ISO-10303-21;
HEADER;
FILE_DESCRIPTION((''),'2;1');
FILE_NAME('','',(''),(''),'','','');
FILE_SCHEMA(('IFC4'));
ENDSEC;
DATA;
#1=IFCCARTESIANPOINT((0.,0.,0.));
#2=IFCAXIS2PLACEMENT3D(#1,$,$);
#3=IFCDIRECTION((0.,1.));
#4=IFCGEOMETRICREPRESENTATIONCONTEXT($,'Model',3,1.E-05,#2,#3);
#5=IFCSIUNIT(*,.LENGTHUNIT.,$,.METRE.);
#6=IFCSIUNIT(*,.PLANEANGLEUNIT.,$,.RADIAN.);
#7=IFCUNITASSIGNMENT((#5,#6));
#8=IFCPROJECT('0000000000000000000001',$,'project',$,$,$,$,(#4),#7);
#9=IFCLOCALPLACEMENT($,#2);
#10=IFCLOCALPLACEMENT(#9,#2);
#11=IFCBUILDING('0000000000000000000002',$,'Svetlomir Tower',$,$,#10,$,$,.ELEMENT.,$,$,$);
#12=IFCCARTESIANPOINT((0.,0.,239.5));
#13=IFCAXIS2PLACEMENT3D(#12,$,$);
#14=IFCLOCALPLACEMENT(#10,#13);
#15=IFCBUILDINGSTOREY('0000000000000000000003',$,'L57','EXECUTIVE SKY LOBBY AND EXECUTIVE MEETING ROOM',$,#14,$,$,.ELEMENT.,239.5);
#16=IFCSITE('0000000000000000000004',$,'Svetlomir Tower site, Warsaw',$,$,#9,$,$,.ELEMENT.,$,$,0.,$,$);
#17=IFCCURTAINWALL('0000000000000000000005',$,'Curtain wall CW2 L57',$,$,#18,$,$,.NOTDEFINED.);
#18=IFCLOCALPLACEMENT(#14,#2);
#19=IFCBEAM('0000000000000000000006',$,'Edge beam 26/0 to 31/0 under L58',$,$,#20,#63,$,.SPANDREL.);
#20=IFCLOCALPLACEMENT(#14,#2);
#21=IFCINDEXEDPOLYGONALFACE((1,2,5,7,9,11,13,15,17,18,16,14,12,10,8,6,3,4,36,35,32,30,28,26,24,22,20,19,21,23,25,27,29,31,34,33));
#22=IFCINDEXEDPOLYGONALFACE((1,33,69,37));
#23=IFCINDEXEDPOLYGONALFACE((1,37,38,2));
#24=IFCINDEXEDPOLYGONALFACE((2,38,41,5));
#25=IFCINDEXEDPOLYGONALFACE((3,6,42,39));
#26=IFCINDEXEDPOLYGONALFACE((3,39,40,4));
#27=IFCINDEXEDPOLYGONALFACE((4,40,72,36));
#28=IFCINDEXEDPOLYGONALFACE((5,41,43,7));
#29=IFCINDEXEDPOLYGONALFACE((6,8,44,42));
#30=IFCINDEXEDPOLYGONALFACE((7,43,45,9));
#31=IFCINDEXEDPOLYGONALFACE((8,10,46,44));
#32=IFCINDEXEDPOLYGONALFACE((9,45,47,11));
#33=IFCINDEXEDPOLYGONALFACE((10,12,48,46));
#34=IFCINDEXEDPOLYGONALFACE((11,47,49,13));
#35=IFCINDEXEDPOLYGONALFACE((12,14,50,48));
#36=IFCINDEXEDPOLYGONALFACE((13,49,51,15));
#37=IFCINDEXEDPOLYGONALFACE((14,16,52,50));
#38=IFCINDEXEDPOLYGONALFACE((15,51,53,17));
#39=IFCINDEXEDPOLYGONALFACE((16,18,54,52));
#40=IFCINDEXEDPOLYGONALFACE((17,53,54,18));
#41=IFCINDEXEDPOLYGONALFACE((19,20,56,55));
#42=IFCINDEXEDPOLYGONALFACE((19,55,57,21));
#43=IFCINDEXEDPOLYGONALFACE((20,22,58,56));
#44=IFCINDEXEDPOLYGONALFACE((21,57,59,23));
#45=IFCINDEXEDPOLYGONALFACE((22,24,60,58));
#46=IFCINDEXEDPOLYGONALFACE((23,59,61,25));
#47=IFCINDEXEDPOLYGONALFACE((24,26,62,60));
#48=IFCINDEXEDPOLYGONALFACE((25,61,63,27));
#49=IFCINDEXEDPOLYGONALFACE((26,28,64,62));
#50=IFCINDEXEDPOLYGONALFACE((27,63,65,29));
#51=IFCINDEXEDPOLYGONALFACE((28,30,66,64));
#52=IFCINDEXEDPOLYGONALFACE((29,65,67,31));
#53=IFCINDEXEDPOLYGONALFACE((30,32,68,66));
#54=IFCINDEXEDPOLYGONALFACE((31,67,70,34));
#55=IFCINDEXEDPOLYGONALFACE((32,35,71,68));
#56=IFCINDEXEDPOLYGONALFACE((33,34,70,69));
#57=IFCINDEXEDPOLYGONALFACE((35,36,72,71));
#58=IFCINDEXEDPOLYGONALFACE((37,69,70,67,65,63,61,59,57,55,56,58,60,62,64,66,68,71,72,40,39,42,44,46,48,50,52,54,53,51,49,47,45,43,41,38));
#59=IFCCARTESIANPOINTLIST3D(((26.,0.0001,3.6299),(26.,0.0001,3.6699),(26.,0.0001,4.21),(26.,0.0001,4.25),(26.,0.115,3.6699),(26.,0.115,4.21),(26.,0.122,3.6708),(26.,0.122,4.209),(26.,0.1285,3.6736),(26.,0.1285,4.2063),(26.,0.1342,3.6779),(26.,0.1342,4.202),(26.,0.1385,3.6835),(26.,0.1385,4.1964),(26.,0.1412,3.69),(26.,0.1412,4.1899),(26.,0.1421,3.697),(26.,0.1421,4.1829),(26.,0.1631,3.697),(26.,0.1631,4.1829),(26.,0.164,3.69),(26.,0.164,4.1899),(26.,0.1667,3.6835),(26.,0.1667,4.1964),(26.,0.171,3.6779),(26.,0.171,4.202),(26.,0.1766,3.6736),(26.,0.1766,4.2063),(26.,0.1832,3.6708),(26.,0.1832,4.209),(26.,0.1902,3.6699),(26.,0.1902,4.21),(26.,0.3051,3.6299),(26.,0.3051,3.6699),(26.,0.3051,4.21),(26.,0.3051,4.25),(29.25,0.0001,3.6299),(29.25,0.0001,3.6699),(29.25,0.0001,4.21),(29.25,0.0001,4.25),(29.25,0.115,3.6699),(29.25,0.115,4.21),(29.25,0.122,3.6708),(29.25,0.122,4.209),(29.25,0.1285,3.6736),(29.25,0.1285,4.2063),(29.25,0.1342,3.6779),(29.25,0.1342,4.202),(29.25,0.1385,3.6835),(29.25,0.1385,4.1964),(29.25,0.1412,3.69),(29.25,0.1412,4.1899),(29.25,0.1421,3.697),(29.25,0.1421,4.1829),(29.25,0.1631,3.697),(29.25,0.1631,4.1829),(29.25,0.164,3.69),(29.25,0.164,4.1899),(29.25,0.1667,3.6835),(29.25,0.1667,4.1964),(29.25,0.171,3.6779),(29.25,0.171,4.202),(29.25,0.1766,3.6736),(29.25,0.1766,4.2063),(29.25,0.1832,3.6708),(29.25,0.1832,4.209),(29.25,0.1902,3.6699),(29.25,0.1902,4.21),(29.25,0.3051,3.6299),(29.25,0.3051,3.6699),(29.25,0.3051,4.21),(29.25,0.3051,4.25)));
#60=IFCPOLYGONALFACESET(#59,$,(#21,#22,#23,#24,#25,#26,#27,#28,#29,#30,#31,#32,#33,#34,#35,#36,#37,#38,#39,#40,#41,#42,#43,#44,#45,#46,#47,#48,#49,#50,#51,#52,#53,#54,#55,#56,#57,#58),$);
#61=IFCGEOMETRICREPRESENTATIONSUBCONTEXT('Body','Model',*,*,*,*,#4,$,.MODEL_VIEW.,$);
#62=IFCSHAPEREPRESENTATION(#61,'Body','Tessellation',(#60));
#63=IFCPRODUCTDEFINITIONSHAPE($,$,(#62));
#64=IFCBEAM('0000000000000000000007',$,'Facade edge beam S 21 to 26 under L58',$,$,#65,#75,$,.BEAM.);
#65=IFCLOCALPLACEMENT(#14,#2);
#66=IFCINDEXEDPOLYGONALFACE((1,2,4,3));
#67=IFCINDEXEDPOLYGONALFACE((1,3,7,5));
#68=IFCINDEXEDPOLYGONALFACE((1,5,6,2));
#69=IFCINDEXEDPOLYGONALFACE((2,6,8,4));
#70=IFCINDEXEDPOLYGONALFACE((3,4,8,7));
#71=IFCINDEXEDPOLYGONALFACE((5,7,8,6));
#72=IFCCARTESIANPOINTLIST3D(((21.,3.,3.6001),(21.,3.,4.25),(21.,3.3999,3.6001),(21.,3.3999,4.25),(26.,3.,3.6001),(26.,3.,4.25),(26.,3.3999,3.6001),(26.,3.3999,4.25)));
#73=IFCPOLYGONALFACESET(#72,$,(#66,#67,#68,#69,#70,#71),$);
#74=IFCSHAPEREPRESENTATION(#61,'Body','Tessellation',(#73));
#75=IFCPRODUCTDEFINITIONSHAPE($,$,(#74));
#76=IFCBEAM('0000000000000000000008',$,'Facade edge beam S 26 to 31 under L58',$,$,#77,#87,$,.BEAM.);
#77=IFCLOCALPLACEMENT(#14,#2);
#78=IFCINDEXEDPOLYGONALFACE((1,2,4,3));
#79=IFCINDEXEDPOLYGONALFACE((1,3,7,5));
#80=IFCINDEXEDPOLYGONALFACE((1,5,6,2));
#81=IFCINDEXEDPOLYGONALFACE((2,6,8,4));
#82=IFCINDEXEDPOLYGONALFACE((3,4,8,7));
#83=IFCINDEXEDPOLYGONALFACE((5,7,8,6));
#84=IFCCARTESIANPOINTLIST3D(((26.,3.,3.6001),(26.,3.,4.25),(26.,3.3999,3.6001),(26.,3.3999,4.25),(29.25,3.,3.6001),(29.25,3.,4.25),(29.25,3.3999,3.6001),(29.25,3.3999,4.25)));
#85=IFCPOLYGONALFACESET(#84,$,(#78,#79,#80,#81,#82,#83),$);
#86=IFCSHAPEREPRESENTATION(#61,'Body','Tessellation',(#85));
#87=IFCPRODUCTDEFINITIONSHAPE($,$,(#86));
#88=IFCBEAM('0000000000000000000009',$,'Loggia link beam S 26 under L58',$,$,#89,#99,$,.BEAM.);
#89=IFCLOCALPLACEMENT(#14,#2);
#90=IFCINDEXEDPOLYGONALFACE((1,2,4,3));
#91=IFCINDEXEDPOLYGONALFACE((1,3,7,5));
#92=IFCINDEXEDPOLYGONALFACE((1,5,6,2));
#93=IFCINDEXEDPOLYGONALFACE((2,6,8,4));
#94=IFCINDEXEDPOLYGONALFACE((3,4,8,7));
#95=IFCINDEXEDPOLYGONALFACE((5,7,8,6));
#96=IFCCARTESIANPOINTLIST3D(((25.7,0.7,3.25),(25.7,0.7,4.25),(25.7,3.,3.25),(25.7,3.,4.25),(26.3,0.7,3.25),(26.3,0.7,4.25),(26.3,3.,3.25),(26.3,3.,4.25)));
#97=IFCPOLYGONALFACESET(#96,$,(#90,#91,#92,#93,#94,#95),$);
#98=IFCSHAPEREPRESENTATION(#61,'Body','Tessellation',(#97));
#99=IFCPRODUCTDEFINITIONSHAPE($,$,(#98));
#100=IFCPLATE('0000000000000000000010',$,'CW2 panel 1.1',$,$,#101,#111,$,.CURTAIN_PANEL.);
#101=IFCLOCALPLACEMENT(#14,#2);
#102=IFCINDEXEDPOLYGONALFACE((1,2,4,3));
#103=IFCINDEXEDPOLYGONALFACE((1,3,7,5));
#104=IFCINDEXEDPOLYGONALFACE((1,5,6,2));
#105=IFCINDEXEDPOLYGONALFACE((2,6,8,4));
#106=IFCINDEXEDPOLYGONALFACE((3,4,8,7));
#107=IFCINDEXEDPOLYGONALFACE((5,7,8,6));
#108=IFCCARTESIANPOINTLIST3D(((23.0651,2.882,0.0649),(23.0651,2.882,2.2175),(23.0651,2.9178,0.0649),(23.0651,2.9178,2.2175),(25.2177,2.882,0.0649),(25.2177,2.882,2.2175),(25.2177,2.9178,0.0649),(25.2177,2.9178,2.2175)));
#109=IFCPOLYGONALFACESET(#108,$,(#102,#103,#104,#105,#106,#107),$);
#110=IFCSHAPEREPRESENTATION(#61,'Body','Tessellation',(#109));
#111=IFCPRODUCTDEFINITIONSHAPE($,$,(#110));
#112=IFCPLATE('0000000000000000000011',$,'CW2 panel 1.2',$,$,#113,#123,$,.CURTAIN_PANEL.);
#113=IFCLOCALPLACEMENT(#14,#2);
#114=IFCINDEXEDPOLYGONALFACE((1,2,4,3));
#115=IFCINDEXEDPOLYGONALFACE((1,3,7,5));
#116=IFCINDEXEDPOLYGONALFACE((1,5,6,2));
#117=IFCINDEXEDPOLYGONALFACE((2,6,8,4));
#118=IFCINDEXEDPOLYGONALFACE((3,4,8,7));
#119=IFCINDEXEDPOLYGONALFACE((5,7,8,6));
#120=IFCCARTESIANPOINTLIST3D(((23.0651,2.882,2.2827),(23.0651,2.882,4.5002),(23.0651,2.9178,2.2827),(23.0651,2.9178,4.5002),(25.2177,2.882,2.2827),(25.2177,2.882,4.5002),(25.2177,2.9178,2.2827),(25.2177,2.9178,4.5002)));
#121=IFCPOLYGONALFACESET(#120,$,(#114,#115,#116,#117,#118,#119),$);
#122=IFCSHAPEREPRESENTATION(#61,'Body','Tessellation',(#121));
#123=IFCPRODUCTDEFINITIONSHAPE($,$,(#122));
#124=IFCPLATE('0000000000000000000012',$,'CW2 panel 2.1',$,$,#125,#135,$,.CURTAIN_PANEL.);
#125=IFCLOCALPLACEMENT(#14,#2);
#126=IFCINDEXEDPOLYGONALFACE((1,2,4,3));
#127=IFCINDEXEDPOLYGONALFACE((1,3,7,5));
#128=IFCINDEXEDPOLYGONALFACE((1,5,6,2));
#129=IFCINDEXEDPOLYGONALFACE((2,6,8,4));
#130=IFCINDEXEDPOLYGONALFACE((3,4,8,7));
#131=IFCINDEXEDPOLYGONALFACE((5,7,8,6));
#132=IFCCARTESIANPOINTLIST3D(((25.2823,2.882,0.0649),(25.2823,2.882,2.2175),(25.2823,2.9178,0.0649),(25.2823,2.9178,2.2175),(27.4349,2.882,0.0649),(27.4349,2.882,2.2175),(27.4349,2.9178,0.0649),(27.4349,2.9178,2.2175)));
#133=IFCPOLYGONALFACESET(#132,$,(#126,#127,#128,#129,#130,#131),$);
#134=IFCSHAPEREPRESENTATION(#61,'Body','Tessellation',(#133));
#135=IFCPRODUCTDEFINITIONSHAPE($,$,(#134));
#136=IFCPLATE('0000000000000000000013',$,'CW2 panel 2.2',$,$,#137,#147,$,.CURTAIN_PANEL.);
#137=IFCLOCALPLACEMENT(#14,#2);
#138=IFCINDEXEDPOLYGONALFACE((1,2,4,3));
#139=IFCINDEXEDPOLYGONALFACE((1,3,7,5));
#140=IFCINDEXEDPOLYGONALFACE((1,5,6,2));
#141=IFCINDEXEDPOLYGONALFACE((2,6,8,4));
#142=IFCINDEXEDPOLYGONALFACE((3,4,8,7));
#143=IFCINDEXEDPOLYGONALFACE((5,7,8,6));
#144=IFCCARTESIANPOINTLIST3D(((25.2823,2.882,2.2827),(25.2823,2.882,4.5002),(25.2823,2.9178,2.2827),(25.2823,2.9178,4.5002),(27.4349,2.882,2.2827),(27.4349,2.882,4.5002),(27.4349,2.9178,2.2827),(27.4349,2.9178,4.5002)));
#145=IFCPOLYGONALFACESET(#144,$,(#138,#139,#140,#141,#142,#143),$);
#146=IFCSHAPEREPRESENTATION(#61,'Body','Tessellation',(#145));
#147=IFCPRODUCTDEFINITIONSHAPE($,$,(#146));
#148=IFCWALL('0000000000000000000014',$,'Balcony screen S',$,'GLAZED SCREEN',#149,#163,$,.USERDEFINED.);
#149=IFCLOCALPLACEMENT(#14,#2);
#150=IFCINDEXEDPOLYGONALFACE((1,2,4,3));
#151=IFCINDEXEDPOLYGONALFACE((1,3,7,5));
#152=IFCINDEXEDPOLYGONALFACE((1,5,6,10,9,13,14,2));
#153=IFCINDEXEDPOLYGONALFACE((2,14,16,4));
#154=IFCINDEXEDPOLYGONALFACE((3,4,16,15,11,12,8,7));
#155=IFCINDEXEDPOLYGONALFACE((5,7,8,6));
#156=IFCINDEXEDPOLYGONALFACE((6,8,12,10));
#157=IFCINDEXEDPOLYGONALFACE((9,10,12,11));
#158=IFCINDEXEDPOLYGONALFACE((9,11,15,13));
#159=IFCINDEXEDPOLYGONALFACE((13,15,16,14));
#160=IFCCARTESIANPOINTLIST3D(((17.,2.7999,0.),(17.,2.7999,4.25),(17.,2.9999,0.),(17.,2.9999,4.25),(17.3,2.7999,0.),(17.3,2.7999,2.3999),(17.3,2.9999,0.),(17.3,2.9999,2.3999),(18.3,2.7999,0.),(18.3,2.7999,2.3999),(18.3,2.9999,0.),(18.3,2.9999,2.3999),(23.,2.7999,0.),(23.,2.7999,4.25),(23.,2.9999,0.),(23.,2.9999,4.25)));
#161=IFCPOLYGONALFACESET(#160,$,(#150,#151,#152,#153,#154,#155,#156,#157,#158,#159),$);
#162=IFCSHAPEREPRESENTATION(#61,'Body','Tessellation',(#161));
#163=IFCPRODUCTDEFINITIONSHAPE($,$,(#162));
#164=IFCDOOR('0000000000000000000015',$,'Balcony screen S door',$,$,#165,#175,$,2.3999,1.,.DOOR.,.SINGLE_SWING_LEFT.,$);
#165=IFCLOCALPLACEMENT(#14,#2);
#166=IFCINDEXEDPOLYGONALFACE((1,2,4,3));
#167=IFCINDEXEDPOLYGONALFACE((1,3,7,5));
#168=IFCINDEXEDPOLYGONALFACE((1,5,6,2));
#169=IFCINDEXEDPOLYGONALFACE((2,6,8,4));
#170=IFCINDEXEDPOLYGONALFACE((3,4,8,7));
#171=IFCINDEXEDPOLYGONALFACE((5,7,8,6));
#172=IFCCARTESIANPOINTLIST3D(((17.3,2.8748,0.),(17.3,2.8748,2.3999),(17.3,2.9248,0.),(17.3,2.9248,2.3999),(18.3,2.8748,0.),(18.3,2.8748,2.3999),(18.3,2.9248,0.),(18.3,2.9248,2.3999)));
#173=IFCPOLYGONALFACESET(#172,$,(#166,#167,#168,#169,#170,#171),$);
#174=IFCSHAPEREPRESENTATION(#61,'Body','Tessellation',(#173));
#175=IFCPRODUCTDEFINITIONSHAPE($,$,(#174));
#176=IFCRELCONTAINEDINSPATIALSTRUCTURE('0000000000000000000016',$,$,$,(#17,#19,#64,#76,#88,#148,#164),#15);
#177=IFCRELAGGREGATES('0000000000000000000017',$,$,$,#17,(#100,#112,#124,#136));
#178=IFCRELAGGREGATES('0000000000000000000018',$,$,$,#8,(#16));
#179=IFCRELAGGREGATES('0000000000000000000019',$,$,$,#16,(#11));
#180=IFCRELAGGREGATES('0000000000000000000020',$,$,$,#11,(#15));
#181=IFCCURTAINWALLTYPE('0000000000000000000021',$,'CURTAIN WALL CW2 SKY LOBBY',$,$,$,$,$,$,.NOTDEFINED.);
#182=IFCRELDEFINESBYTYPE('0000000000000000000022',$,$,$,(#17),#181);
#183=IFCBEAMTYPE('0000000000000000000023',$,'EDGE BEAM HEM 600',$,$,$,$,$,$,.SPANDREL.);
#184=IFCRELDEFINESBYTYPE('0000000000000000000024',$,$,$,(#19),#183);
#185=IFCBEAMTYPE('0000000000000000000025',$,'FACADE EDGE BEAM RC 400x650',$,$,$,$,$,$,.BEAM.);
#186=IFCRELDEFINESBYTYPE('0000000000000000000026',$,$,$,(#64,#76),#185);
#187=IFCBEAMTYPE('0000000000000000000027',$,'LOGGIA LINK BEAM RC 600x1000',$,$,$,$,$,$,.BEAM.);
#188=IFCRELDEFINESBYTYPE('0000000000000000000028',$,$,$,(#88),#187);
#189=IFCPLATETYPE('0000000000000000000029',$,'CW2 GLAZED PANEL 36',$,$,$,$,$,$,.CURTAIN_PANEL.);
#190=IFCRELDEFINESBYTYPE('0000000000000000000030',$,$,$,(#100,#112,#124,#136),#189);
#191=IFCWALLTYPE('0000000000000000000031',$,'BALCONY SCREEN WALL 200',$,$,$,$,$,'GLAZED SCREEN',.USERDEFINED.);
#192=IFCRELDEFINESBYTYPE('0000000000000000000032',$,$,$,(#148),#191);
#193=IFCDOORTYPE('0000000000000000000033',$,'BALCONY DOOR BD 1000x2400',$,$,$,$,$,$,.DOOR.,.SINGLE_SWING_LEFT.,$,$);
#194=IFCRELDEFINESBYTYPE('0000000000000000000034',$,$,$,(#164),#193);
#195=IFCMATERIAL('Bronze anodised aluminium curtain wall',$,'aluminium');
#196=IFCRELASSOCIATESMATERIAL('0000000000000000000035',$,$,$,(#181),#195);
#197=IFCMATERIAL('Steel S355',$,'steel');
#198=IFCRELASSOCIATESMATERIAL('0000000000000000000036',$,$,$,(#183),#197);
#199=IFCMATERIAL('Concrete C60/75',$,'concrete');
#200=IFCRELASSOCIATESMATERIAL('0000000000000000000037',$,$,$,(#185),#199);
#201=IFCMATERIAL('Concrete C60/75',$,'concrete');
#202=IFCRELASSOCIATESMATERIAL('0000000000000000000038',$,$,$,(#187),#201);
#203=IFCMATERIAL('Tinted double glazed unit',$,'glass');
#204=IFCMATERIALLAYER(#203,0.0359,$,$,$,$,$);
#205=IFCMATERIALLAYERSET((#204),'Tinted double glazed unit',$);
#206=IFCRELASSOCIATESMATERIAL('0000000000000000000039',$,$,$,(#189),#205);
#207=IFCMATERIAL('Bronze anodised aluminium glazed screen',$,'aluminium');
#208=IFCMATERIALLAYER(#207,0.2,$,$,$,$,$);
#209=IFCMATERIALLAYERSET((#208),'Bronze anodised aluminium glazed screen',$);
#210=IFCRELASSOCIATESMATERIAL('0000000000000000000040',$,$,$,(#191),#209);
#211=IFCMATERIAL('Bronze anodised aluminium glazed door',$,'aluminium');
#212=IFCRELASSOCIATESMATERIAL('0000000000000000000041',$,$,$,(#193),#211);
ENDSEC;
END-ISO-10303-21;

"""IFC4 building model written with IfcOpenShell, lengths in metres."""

from ifc_helpers import new_model, si_unit, direction, frame, frame_2d, origin, origin_2d, place, context, subcontext, project, spatial, rectangle, i_section, extrude, material, layer, layer_set, material_profile, profile_set, type_object, element, fill, aggregate, save


model = new_model("IFC4")

# Units and contexts
model_context = context("Model", 3, precision=1e-05, world=origin(), true_north=direction((0.0, 1.0)))
body_context = subcontext(model_context, "Body", "Model", "MODEL_VIEW")
ifc_project = project(units=[si_unit("LENGTHUNIT", "METRE"), si_unit("PLANEANGLEUNIT", "RADIAN")], contexts=[model_context])

# Site, building, storey
site_placement = place(None, origin())
site = spatial("IfcSite", under=ifc_project, at=site_placement, Name="Svetlomir Tower site, Warsaw", CompositionType="ELEMENT", RefElevation=0.0)
building_placement = place(site_placement, origin())
building = spatial("IfcBuilding", under=site, at=building_placement, Name="Svetlomir Tower", CompositionType="ELEMENT")
storey_placement = place(building_placement, frame((0.0, 0.0, 239.5)))
storey = spatial("IfcBuildingStorey", under=building, at=storey_placement, Name="L57", Description="EXECUTIVE SKY LOBBY AND EXECUTIVE MEETING ROOM", CompositionType="ELEMENT", Elevation=239.5)

# Shared definitions
ifc_material_1 = material(Name="Bronze anodised aluminium curtain wall", Category="aluminium")
curtain_wall_type = type_object("IfcCurtainWallType", Name="CURTAIN WALL CW2 SKY LOBBY", PredefinedType="NOTDEFINED", material=ifc_material_1)

# Curtain wall
curtain_wall_1_placement = place(storey_placement, origin())
curtain_wall_1 = element("IfcCurtainWall", 1, at=curtain_wall_1_placement, inside=storey, type_object=curtain_wall_type, Name="Curtain wall CW2 L57", PredefinedType="NOTDEFINED")

# Beams
ifc_material_2 = material(Name="Steel S355", Category="steel")
ifc_material_profile_1 = material_profile(ifc_material_2, i_section(OverallWidth=0.3049, OverallDepth=0.6201, WebThickness=0.021, FlangeThickness=0.04, FilletRadius=0.0271, at=origin_2d()), Name="HEM 600")
ifc_profile_set_1 = profile_set([ifc_material_profile_1], Name="Steel S355")
beam_type_1 = type_object("IfcBeamType", Name="EDGE BEAM HEM 600", PredefinedType="SPANDREL", material=ifc_profile_set_1)
beam_1_placement = place(storey_placement, frame((26.0, 0.1526, 3.9399), z_axis=(1.0, 0.0, 0.0), x_axis=(0.0, 1.0, 0.0)))
element("IfcBeam", 2, at=beam_1_placement, inside=storey, type_object=beam_type_1, Name="Edge beam 26/0 to 31/0 under L58", PredefinedType="SPANDREL", context=body_context, shape_type="SweptSolid", body=[
    extrude(i_section(OverallWidth=0.3049, OverallDepth=0.6201, WebThickness=0.021, FlangeThickness=0.04, FilletRadius=0.0271, at=origin_2d()), origin(), (0.0, 0.0, 1.0), 3.25),
])
ifc_material_3 = material(Name="Concrete C60/75", Category="concrete")
ifc_material_profile_2 = material_profile(ifc_material_3, rectangle(XDim=0.3999, YDim=0.6499, at=origin_2d()), Name="RC 400x650")
ifc_profile_set_2 = profile_set([ifc_material_profile_2], Name="Concrete C60/75")
beam_type_2 = type_object("IfcBeamType", Name="FACADE EDGE BEAM RC 400x650", PredefinedType="BEAM", material=ifc_profile_set_2)
beam_2_placement = place(storey_placement, frame((21.0, 3.2, 3.925), z_axis=(1.0, 0.0, 0.0), x_axis=(0.0, 1.0, 0.0)))
element("IfcBeam", 3, at=beam_2_placement, inside=storey, type_object=beam_type_2, Name="Facade edge beam S 21 to 26 under L58", PredefinedType="BEAM", context=body_context, shape_type="SweptSolid", body=[
    extrude(rectangle(XDim=0.3999, YDim=0.6499, at=origin_2d()), origin(), (0.0, 0.0, 1.0), 5.0),
])
beam_3_placement = place(storey_placement, frame((26.0, 3.2, 3.925), z_axis=(1.0, 0.0, 0.0), x_axis=(0.0, 1.0, 0.0)))
element("IfcBeam", 4, at=beam_3_placement, inside=storey, type_object=beam_type_2, Name="Facade edge beam S 26 to 31 under L58", PredefinedType="BEAM", context=body_context, shape_type="SweptSolid", body=[
    extrude(rectangle(XDim=0.3999, YDim=0.6499, at=origin_2d()), origin(), (0.0, 0.0, 1.0), 3.25),
])
ifc_material_4 = material(Name="Concrete C60/75", Category="concrete")
ifc_material_profile_3 = material_profile(ifc_material_4, rectangle(XDim=0.6001, YDim=1.0, at=origin_2d()), Name="RC 600x1000")
ifc_profile_set_3 = profile_set([ifc_material_profile_3], Name="Concrete C60/75")
beam_type_3 = type_object("IfcBeamType", Name="LOGGIA LINK BEAM RC 600x1000", PredefinedType="BEAM", material=ifc_profile_set_3)
beam_4_placement = place(storey_placement, frame((26.0, 0.7, 3.75), z_axis=(0.0, 1.0, 0.0), x_axis=(-1.0, 0.0, 0.0)))
element("IfcBeam", 5, at=beam_4_placement, inside=storey, type_object=beam_type_3, Name="Loggia link beam S 26 under L58", PredefinedType="BEAM", context=body_context, shape_type="SweptSolid", body=[
    extrude(rectangle(XDim=0.6001, YDim=1.0, at=origin_2d()), origin(), (0.0, 0.0, 1.0), 2.3),
])

# Plates
ifc_material_5 = material(Name="Tinted double glazed unit", Category="glass")
ifc_layer_1 = layer(ifc_material_5, 0.0359)
ifc_layer_set_1 = layer_set([ifc_layer_1], Name="Tinted double glazed unit")
plate_type = type_object("IfcPlateType", Name="CW2 GLAZED PANEL 36", PredefinedType="CURTAIN_PANEL", material=ifc_layer_set_1)
plate_1_placement = place(storey_placement, frame((24.1414, 2.8999, 0.0649), z_axis=(0.0, 0.0, 1.0), x_axis=(1.0, 0.0, 0.0)))
plate_1 = element("IfcPlate", 6, at=plate_1_placement, type_object=plate_type, Name="CW2 panel 1.1", PredefinedType="CURTAIN_PANEL", context=body_context, shape_type="SweptSolid", body=[
    extrude(rectangle(XDim=2.1526, YDim=0.0359, at=origin_2d()), origin(), (0.0, 0.0, 1.0), 2.1526),
])
plate_2_placement = place(storey_placement, frame((24.1414, 2.8999, 2.2827), z_axis=(0.0, 0.0, 1.0), x_axis=(1.0, 0.0, 0.0)))
plate_2 = element("IfcPlate", 7, at=plate_2_placement, type_object=plate_type, Name="CW2 panel 1.2", PredefinedType="CURTAIN_PANEL", context=body_context, shape_type="SweptSolid", body=[
    extrude(rectangle(XDim=2.1526, YDim=0.0359, at=origin_2d()), origin(), (0.0, 0.0, 1.0), 2.2175),
])
plate_3_placement = place(storey_placement, frame((26.3586, 2.8999, 0.0649), z_axis=(0.0, 0.0, 1.0), x_axis=(1.0, 0.0, 0.0)))
plate_3 = element("IfcPlate", 8, at=plate_3_placement, type_object=plate_type, Name="CW2 panel 2.1", PredefinedType="CURTAIN_PANEL", context=body_context, shape_type="SweptSolid", body=[
    extrude(rectangle(XDim=2.1526, YDim=0.0359, at=origin_2d()), origin(), (0.0, 0.0, 1.0), 2.1526),
])
plate_4_placement = place(storey_placement, frame((26.3586, 2.8999, 2.2827), z_axis=(0.0, 0.0, 1.0), x_axis=(1.0, 0.0, 0.0)))
plate_4 = element("IfcPlate", 9, at=plate_4_placement, type_object=plate_type, Name="CW2 panel 2.2", PredefinedType="CURTAIN_PANEL", context=body_context, shape_type="SweptSolid", body=[
    extrude(rectangle(XDim=2.1526, YDim=0.0359, at=origin_2d()), origin(), (0.0, 0.0, 1.0), 2.2175),
])
aggregate(curtain_wall_1, [plate_1, plate_2, plate_3, plate_4])

# Wall, opening, door
ifc_material_6 = material(Name="Bronze anodised aluminium glazed screen", Category="aluminium")
ifc_layer_2 = layer(ifc_material_6, 0.2)
ifc_layer_set_2 = layer_set([ifc_layer_2], Name="Bronze anodised aluminium glazed screen")
wall_type_1 = type_object("IfcWallType", Name="BALCONY SCREEN WALL 200", ElementType="GLAZED SCREEN", PredefinedType="USERDEFINED", material=ifc_layer_set_2)
wall_1_placement = place(storey_placement, frame((17.0, 2.8999, 0.0), z_axis=(0.0, 0.0, 1.0), x_axis=(1.0, 0.0, 0.0)))
wall_1 = element("IfcWall", 10, at=wall_1_placement, inside=storey, type_object=wall_type_1, Name="Balcony screen S", ObjectType="GLAZED SCREEN", PredefinedType="USERDEFINED", context=body_context, shape_type="SweptSolid", body=[
    extrude(rectangle(XDim=6.0, YDim=0.2, at=frame_2d((3.0, 0.0))), origin(), (0.0, 0.0, 1.0), 4.25),
])
opening_placement = place(wall_1_placement, frame((0.3, 0.0, 0.0)))
opening = element("IfcOpeningElement", 11, at=opening_placement, cuts=wall_1, PredefinedType="OPENING", context=body_context, shape_type="SweptSolid", body=[
    extrude(rectangle(XDim=1.0, YDim=2.3999, at=frame_2d((0.5, 1.2))), frame((0.0, 0.1099, 0.0), z_axis=(0.0, -1.0, 0.0), x_axis=(1.0, 0.0, 0.0)), (0.0, 0.0, 1.0), 0.22),
])
ifc_material_7 = material(Name="Bronze anodised aluminium glazed door", Category="aluminium")
door_type = type_object("IfcDoorType", Name="BALCONY DOOR BD 1000x2400", OperationType="SINGLE_SWING_LEFT", PredefinedType="DOOR", material=ifc_material_7)
door_placement = place(opening_placement, origin())
door = element("IfcDoor", 12, at=door_placement, inside=storey, type_object=door_type, Name="Balcony screen S door", OperationType="SINGLE_SWING_LEFT", OverallHeight=2.3999, OverallWidth=1.0, PredefinedType="DOOR", context=body_context, shape_type="SweptSolid", body=[
    extrude(rectangle(XDim=1.0, YDim=2.3999, at=frame_2d((0.5, 1.2))), frame((0.0, 0.0249, 0.0), z_axis=(0.0, -1.0, 0.0), x_axis=(1.0, 0.0, 0.0)), (0.0, 0.0, 1.0), 0.05),
])
fill(opening, door)

save(model, "model.ifc")
